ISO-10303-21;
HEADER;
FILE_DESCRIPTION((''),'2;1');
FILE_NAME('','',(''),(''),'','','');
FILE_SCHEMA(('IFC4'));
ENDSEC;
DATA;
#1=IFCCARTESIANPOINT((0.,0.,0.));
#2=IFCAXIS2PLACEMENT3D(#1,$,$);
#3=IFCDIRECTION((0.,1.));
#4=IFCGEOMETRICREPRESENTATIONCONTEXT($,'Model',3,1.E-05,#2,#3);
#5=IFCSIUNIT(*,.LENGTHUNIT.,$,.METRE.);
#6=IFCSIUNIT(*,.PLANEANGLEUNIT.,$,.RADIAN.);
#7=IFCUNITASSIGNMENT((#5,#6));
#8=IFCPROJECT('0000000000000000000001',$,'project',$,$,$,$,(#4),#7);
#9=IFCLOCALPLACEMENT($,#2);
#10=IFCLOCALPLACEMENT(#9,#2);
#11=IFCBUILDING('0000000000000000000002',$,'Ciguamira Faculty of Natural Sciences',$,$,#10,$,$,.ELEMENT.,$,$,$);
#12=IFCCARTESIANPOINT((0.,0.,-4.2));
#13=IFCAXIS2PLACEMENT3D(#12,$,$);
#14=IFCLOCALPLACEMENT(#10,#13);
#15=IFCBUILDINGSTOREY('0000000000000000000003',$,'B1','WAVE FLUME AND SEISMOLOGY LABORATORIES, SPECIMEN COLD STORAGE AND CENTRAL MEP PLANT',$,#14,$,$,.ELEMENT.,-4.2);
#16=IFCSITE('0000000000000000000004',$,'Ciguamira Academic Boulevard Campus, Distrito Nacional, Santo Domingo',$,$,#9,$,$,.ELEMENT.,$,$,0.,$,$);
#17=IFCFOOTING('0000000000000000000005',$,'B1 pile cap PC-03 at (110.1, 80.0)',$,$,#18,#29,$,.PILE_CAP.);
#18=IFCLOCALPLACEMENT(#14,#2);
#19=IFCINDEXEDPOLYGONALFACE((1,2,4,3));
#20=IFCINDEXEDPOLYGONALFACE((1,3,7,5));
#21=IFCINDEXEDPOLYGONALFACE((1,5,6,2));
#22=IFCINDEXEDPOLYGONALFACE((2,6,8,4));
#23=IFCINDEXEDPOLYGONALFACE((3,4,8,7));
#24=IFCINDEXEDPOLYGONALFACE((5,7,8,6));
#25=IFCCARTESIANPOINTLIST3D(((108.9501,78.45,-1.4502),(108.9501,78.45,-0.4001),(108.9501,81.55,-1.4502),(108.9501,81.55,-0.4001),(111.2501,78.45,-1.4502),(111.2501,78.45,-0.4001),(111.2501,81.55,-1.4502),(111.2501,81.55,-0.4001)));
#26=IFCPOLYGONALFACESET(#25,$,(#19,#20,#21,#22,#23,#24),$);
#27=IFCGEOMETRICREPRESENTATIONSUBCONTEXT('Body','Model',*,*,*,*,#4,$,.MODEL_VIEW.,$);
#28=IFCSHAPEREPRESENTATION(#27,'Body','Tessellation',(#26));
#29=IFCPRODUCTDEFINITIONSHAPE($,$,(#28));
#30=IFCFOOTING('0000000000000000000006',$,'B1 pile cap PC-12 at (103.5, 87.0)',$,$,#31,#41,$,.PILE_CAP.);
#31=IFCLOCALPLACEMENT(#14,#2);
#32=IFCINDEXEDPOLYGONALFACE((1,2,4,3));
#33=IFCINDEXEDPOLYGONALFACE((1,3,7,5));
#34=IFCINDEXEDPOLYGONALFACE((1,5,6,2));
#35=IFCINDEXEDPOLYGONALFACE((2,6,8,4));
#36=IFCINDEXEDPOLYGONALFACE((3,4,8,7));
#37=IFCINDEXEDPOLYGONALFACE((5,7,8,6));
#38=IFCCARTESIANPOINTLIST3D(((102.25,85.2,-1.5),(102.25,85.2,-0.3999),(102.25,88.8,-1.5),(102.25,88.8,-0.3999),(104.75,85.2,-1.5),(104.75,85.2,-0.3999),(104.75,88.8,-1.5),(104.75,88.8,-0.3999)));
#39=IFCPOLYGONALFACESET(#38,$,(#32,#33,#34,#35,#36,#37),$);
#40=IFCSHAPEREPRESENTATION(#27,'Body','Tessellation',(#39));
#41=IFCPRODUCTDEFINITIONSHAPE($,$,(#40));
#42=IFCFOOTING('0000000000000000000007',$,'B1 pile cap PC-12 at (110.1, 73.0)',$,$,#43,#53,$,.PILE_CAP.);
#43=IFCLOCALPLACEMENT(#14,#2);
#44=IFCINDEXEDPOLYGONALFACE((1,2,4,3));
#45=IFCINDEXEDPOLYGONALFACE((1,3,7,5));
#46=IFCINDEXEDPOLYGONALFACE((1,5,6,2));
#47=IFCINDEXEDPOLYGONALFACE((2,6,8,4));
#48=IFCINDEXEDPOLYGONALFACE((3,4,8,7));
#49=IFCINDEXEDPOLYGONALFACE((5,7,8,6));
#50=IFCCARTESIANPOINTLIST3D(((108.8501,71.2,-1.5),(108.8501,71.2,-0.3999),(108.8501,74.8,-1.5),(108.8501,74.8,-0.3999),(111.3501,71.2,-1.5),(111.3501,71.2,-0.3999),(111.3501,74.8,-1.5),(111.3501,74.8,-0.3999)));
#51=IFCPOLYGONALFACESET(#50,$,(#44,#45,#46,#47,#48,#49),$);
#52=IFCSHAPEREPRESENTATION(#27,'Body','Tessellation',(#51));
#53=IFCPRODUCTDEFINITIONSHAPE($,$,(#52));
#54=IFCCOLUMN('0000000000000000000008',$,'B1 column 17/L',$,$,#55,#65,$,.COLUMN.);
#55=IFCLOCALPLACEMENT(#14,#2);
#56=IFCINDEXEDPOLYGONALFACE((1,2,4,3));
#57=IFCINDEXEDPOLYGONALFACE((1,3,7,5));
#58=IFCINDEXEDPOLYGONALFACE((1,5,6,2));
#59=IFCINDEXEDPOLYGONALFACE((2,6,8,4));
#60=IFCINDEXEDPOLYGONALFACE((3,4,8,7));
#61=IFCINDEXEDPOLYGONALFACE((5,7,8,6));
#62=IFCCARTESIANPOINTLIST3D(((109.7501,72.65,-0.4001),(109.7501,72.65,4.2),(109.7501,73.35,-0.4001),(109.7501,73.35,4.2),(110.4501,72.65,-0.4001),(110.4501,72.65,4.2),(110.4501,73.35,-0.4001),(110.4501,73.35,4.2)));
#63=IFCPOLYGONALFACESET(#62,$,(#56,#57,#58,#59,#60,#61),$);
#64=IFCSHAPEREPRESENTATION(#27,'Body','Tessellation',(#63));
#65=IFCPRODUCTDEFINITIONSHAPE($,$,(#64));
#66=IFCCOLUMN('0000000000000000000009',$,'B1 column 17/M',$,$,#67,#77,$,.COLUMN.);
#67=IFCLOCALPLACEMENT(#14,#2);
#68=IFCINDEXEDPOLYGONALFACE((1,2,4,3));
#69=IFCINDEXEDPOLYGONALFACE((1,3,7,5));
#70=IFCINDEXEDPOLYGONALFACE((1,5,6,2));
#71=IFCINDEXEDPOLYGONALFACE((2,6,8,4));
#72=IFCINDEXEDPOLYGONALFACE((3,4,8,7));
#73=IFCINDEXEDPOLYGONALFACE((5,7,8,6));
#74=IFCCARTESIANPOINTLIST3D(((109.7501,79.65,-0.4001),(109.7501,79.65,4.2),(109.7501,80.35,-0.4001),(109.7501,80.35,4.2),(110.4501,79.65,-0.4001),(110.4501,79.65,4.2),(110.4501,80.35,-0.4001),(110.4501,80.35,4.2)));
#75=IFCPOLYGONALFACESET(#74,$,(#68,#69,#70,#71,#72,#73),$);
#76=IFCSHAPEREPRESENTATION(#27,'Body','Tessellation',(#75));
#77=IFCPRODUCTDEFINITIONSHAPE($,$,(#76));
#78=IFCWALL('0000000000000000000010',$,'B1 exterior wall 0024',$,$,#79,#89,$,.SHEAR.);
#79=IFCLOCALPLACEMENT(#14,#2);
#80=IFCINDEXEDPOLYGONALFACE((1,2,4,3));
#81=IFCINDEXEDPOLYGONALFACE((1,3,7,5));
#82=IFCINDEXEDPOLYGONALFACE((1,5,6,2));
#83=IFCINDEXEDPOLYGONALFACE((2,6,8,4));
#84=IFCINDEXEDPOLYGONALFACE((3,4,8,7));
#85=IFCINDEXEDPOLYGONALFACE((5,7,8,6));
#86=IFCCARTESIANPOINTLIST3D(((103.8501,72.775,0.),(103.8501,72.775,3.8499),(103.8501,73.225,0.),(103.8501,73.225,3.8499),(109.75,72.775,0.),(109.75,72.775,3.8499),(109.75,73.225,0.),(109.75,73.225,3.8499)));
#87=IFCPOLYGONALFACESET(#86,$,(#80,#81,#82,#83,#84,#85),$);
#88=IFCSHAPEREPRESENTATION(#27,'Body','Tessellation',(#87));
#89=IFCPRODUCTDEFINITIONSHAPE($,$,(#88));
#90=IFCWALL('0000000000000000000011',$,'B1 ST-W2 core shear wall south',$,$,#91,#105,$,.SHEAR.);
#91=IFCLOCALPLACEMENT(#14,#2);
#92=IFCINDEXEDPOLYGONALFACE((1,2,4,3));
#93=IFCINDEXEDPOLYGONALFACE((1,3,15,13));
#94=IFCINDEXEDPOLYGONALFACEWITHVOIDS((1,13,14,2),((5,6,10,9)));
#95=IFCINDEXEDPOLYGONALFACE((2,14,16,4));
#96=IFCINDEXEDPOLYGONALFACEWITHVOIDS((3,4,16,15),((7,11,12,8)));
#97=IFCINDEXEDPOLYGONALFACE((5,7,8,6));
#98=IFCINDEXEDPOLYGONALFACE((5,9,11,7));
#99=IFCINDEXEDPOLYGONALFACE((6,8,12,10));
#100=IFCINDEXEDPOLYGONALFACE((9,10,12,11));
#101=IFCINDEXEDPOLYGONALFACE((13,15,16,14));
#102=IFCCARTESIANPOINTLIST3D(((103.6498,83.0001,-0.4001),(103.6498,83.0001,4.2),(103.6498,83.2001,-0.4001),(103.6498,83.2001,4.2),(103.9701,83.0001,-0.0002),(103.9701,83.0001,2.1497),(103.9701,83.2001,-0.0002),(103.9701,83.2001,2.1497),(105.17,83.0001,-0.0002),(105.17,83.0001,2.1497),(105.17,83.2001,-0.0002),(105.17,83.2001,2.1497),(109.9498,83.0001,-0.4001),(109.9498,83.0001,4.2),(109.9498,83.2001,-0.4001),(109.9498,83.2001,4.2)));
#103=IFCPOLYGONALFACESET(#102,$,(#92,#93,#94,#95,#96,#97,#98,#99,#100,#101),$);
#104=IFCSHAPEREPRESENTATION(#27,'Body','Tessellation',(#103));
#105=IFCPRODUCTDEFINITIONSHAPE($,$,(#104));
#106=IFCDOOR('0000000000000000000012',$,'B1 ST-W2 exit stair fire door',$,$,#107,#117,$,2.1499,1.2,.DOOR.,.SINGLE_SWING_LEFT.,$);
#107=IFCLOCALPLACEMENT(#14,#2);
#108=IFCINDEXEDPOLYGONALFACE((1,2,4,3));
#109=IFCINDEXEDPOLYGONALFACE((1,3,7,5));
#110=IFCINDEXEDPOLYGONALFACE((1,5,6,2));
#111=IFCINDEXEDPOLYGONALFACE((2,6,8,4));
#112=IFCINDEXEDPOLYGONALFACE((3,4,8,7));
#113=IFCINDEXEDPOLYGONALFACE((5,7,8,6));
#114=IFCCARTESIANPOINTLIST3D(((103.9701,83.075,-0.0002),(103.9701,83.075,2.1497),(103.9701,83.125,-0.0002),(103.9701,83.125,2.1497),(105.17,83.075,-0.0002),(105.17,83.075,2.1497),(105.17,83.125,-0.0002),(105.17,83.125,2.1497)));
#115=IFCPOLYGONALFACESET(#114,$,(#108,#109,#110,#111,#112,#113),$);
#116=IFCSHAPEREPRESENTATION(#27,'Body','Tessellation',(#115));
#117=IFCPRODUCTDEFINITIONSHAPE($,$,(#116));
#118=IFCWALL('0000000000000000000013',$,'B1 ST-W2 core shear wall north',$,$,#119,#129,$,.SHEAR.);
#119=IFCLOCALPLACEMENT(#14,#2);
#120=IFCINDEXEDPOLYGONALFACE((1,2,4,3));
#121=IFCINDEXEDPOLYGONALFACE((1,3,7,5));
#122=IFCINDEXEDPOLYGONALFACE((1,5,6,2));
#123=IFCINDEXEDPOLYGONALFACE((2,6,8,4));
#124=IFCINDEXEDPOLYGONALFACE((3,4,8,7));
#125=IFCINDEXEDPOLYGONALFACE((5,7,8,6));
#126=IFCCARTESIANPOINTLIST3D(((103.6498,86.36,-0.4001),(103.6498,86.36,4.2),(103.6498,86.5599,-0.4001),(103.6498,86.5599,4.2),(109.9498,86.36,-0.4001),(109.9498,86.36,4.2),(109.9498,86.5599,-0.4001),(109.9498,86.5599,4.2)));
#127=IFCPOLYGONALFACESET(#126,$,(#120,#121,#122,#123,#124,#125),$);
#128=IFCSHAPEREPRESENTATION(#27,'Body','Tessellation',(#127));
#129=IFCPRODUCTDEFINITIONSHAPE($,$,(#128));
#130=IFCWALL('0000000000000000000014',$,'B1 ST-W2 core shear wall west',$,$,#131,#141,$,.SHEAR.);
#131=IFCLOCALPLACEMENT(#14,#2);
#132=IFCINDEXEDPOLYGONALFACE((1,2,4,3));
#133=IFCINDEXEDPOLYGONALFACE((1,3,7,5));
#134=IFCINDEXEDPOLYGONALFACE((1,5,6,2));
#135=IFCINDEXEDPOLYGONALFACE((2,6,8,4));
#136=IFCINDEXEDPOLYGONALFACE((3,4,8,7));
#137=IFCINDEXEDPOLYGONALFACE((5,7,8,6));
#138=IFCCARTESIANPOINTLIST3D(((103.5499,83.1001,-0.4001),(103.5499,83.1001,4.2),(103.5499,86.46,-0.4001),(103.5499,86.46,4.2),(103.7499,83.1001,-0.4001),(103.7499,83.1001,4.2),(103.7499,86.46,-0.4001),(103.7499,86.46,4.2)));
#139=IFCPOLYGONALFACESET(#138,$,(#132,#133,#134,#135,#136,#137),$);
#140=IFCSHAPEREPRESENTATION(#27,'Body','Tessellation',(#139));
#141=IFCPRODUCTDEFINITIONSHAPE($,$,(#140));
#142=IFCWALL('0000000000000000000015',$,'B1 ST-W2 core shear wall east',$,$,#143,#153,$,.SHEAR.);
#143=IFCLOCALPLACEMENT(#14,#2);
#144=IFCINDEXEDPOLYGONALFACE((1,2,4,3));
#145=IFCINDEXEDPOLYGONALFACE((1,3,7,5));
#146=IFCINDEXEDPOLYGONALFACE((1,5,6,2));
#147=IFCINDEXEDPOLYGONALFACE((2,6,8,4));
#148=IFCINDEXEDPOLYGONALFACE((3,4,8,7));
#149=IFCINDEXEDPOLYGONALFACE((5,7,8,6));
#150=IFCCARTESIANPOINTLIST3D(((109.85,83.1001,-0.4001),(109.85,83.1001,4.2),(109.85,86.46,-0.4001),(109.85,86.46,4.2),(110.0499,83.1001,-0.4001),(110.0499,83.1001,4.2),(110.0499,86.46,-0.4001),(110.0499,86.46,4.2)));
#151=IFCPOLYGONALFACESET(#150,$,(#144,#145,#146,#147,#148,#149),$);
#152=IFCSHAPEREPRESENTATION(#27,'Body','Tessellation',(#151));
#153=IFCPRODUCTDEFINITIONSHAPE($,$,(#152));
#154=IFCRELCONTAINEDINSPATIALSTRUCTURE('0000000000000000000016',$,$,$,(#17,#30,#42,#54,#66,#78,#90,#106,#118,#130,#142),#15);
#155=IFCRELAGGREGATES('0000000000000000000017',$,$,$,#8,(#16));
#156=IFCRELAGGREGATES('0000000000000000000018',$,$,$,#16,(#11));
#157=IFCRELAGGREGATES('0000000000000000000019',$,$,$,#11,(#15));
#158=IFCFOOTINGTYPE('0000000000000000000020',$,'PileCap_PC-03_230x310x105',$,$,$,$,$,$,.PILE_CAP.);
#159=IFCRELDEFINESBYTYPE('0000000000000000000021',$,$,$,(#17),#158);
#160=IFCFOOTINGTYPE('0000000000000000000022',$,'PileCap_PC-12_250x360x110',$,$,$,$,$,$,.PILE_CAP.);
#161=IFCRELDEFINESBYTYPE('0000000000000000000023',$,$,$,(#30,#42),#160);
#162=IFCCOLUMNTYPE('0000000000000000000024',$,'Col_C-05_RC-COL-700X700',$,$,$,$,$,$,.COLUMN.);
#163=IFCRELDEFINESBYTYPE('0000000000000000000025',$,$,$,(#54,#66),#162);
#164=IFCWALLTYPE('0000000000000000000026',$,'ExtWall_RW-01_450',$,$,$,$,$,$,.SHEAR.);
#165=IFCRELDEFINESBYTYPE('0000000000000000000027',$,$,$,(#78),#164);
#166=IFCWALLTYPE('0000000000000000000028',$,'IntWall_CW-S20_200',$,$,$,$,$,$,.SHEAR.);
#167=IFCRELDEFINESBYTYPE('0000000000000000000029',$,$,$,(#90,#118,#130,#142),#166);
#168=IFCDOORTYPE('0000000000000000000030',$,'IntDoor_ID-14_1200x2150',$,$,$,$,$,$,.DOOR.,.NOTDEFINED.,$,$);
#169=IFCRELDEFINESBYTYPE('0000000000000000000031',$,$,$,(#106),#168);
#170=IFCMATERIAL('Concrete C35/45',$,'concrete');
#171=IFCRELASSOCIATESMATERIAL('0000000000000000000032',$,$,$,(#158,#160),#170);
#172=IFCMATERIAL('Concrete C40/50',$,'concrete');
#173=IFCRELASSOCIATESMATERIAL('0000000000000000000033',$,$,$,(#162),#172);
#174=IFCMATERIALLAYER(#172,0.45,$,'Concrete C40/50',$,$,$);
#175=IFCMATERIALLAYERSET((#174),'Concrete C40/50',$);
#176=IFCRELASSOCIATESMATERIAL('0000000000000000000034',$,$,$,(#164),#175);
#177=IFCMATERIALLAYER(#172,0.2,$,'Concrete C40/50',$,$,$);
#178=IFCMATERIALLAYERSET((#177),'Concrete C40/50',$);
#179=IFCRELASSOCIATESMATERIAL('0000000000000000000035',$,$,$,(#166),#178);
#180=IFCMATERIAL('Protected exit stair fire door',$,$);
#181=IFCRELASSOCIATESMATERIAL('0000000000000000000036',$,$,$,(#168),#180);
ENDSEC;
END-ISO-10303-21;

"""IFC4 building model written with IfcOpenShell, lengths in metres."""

from ifc_helpers import new_model, si_unit, direction, frame, frame_2d, origin, origin_2d, place, context, subcontext, project, spatial, rectangle, extrude, material, layer, layer_set, material_profile, profile_set, type_object, element, fill, save


model = new_model("IFC4")

# Units and contexts
model_context = context("Model", 3, precision=1e-05, world=origin(), true_north=direction((0.0, 1.0)))
body_context = subcontext(model_context, "Body", "Model", "MODEL_VIEW")
ifc_project = project(units=[si_unit("LENGTHUNIT", "METRE"), si_unit("PLANEANGLEUNIT", "RADIAN")], contexts=[model_context])

# Site, building, storey
site_placement = place(None, origin())
site = spatial("IfcSite", under=ifc_project, at=site_placement, Name="Ciguamira Academic Boulevard Campus, Distrito Nacional, Santo Domingo", CompositionType="ELEMENT", RefElevation=0.0)
building_placement = place(site_placement, origin())
building = spatial("IfcBuilding", under=site, at=building_placement, Name="Ciguamira Faculty of Natural Sciences", CompositionType="ELEMENT")
storey_placement = place(building_placement, frame((0.0, 0.0, -4.2)))
storey = spatial("IfcBuildingStorey", under=building, at=storey_placement, Name="B1", Description="WAVE FLUME AND SEISMOLOGY LABORATORIES, SPECIMEN COLD STORAGE AND CENTRAL MEP PLANT", CompositionType="ELEMENT", Elevation=-4.2)

# Shared definitions
ifc_material_1 = material(Name="Concrete C35/45", Category="concrete")

# Footings
footing_type_1 = type_object("IfcFootingType", Name="PileCap_PC-03_230x310x105", PredefinedType="PILE_CAP", material=ifc_material_1)
footing_1_placement = place(storey_placement, frame((110.1001, 80.0, -1.4502), z_axis=(0.0, 0.0, 1.0), x_axis=(1.0, 0.0, 0.0)))
element("IfcFooting", 1, at=footing_1_placement, inside=storey, type_object=footing_type_1, Name="B1 pile cap PC-03 at (110.1, 80.0)", PredefinedType="PILE_CAP", context=body_context, shape_type="SweptSolid", body=[
    extrude(rectangle(XDim=2.3, YDim=3.1001, at=origin_2d()), origin(), (0.0, 0.0, 1.0), 1.05),
])
footing_type_2 = type_object("IfcFootingType", Name="PileCap_PC-12_250x360x110", PredefinedType="PILE_CAP", material=ifc_material_1)
for number, where, z_axis, x_axis, name in (
    (2, (103.5, 87.0, -1.5), (0.0, 0.0, 1.0), (1.0, 0.0, 0.0), "B1 pile cap PC-12 at (103.5, 87.0)"),
    (3, (110.1001, 73.0, -1.5), (0.0, 0.0, 1.0), (1.0, 0.0, 0.0), "B1 pile cap PC-12 at (110.1, 73.0)"),
):
    element("IfcFooting", number, at=place(storey_placement, frame(where, z_axis=z_axis, x_axis=x_axis)), inside=storey, type_object=footing_type_2, Name=name, PredefinedType="PILE_CAP", context=body_context, shape_type="SweptSolid", body=[
        extrude(rectangle(XDim=2.5, YDim=3.6001, at=origin_2d()), origin(), (0.0, 0.0, 1.0), 1.1001),
    ])

# Columns
ifc_material_2 = material(Name="Concrete C40/50", Category="concrete")
ifc_material_profile_1 = material_profile(ifc_material_2, rectangle(XDim=0.7, YDim=0.7, at=origin_2d()), Name="RC-COL-700X700")
ifc_profile_set_1 = profile_set([ifc_material_profile_1], Name="Concrete C40/50")
column_type = type_object("IfcColumnType", Name="Col_C-05_RC-COL-700X700", PredefinedType="COLUMN", material=ifc_profile_set_1)
for number, where, z_axis, x_axis, name in (
    (4, (110.1001, 73.0, -0.4001), (0.0, 0.0, 1.0), (1.0, 0.0, 0.0), "B1 column 17/L"),
    (5, (110.1001, 80.0, -0.4001), (0.0, 0.0, 1.0), (1.0, 0.0, 0.0), "B1 column 17/M"),
):
    element("IfcColumn", number, at=place(storey_placement, frame(where, z_axis=z_axis, x_axis=x_axis)), inside=storey, type_object=column_type, Name=name, PredefinedType="COLUMN", context=body_context, shape_type="SweptSolid", body=[
        extrude(rectangle(XDim=0.7, YDim=0.7, at=origin_2d()), origin(), (0.0, 0.0, 1.0), 4.6001),
    ])

# Wall
ifc_layer_1 = layer(ifc_material_2, 0.45, Name="Concrete C40/50")
ifc_layer_set_1 = layer_set([ifc_layer_1], Name="Concrete C40/50")
wall_type_1 = type_object("IfcWallType", Name="ExtWall_RW-01_450", PredefinedType="SHEAR", material=ifc_layer_set_1)
wall_1_placement = place(storey_placement, frame((103.8501, 73.0, 0.0), z_axis=(0.0, 0.0, 1.0), x_axis=(1.0, 0.0, 0.0)))
element("IfcWall", 6, at=wall_1_placement, inside=storey, type_object=wall_type_1, Name="B1 exterior wall 0024", PredefinedType="SHEAR", context=body_context, shape_type="SweptSolid", body=[
    extrude(rectangle(XDim=5.8999, YDim=0.45, at=frame_2d((2.95, 0.0))), origin(), (0.0, 0.0, 1.0), 3.8499),
])

# Wall, opening, door
ifc_layer_2 = layer(ifc_material_2, 0.2, Name="Concrete C40/50")
ifc_layer_set_2 = layer_set([ifc_layer_2], Name="Concrete C40/50")
wall_type_2 = type_object("IfcWallType", Name="IntWall_CW-S20_200", PredefinedType="SHEAR", material=ifc_layer_set_2)
wall_2_placement = place(storey_placement, frame((103.6499, 83.1001, -0.4001), z_axis=(0.0, 0.0, 1.0), x_axis=(1.0, 0.0, 0.0)))
wall_2 = element("IfcWall", 7, at=wall_2_placement, inside=storey, type_object=wall_type_2, Name="B1 ST-W2 core shear wall south", PredefinedType="SHEAR", context=body_context, shape_type="SweptSolid", body=[
    extrude(rectangle(XDim=6.3, YDim=0.2, at=frame_2d((3.1499, 0.0))), origin(), (0.0, 0.0, 1.0), 4.6001),
])
opening_placement = place(wall_2_placement, frame((0.3201, 0.0, 0.3999)))
opening = element("IfcOpeningElement", 8, at=opening_placement, cuts=wall_2, PredefinedType="OPENING", context=body_context, shape_type="SweptSolid", body=[
    extrude(rectangle(XDim=1.2, YDim=2.1499, at=frame_2d((0.6001, 1.075))), frame((0.0, 0.1099, 0.0), z_axis=(0.0, -1.0, 0.0), x_axis=(1.0, 0.0, 0.0)), (0.0, 0.0, 1.0), 0.22),
])
ifc_material_3 = material(Name="Protected exit stair fire door")
door_type = type_object("IfcDoorType", Name="IntDoor_ID-14_1200x2150", OperationType="NOTDEFINED", PredefinedType="DOOR", material=ifc_material_3)
door_placement = place(opening_placement, origin())
door = element("IfcDoor", 9, at=door_placement, inside=storey, type_object=door_type, Name="B1 ST-W2 exit stair fire door", OperationType="SINGLE_SWING_LEFT", OverallHeight=2.1499, OverallWidth=1.2, PredefinedType="DOOR", context=body_context, shape_type="SweptSolid", body=[
    extrude(rectangle(XDim=1.2, YDim=2.1499, at=frame_2d((0.6001, 1.075))), frame((0.0, 0.0249, 0.0), z_axis=(0.0, -1.0, 0.0), x_axis=(1.0, 0.0, 0.0)), (0.0, 0.0, 1.0), 0.05),
])
fill(opening, door)

# Walls
wall_3_placement = place(storey_placement, frame((103.6499, 86.46, -0.4001), z_axis=(0.0, 0.0, 1.0), x_axis=(1.0, 0.0, 0.0)))
element("IfcWall", 10, at=wall_3_placement, inside=storey, type_object=wall_type_2, Name="B1 ST-W2 core shear wall north", PredefinedType="SHEAR", context=body_context, shape_type="SweptSolid", body=[
    extrude(rectangle(XDim=6.3, YDim=0.2, at=frame_2d((3.1499, 0.0))), origin(), (0.0, 0.0, 1.0), 4.6001),
])
for number, where, z_axis, x_axis, name in (
    (11, (103.6499, 83.1001, -0.4001), (0.0, 0.0, 1.0), (0.0, 1.0, 0.0), "B1 ST-W2 core shear wall west"),
    (12, (109.95, 83.1001, -0.4001), (0.0, 0.0, 1.0), (0.0, 1.0, 0.0), "B1 ST-W2 core shear wall east"),
):
    element("IfcWall", number, at=place(storey_placement, frame(where, z_axis=z_axis, x_axis=x_axis)), inside=storey, type_object=wall_type_2, Name=name, PredefinedType="SHEAR", context=body_context, shape_type="SweptSolid", body=[
        extrude(rectangle(XDim=3.3599, YDim=0.2, at=frame_2d((1.6799, 0.0))), origin(), (0.0, 0.0, 1.0), 4.6001),
    ])

save(model, "model.ifc")
